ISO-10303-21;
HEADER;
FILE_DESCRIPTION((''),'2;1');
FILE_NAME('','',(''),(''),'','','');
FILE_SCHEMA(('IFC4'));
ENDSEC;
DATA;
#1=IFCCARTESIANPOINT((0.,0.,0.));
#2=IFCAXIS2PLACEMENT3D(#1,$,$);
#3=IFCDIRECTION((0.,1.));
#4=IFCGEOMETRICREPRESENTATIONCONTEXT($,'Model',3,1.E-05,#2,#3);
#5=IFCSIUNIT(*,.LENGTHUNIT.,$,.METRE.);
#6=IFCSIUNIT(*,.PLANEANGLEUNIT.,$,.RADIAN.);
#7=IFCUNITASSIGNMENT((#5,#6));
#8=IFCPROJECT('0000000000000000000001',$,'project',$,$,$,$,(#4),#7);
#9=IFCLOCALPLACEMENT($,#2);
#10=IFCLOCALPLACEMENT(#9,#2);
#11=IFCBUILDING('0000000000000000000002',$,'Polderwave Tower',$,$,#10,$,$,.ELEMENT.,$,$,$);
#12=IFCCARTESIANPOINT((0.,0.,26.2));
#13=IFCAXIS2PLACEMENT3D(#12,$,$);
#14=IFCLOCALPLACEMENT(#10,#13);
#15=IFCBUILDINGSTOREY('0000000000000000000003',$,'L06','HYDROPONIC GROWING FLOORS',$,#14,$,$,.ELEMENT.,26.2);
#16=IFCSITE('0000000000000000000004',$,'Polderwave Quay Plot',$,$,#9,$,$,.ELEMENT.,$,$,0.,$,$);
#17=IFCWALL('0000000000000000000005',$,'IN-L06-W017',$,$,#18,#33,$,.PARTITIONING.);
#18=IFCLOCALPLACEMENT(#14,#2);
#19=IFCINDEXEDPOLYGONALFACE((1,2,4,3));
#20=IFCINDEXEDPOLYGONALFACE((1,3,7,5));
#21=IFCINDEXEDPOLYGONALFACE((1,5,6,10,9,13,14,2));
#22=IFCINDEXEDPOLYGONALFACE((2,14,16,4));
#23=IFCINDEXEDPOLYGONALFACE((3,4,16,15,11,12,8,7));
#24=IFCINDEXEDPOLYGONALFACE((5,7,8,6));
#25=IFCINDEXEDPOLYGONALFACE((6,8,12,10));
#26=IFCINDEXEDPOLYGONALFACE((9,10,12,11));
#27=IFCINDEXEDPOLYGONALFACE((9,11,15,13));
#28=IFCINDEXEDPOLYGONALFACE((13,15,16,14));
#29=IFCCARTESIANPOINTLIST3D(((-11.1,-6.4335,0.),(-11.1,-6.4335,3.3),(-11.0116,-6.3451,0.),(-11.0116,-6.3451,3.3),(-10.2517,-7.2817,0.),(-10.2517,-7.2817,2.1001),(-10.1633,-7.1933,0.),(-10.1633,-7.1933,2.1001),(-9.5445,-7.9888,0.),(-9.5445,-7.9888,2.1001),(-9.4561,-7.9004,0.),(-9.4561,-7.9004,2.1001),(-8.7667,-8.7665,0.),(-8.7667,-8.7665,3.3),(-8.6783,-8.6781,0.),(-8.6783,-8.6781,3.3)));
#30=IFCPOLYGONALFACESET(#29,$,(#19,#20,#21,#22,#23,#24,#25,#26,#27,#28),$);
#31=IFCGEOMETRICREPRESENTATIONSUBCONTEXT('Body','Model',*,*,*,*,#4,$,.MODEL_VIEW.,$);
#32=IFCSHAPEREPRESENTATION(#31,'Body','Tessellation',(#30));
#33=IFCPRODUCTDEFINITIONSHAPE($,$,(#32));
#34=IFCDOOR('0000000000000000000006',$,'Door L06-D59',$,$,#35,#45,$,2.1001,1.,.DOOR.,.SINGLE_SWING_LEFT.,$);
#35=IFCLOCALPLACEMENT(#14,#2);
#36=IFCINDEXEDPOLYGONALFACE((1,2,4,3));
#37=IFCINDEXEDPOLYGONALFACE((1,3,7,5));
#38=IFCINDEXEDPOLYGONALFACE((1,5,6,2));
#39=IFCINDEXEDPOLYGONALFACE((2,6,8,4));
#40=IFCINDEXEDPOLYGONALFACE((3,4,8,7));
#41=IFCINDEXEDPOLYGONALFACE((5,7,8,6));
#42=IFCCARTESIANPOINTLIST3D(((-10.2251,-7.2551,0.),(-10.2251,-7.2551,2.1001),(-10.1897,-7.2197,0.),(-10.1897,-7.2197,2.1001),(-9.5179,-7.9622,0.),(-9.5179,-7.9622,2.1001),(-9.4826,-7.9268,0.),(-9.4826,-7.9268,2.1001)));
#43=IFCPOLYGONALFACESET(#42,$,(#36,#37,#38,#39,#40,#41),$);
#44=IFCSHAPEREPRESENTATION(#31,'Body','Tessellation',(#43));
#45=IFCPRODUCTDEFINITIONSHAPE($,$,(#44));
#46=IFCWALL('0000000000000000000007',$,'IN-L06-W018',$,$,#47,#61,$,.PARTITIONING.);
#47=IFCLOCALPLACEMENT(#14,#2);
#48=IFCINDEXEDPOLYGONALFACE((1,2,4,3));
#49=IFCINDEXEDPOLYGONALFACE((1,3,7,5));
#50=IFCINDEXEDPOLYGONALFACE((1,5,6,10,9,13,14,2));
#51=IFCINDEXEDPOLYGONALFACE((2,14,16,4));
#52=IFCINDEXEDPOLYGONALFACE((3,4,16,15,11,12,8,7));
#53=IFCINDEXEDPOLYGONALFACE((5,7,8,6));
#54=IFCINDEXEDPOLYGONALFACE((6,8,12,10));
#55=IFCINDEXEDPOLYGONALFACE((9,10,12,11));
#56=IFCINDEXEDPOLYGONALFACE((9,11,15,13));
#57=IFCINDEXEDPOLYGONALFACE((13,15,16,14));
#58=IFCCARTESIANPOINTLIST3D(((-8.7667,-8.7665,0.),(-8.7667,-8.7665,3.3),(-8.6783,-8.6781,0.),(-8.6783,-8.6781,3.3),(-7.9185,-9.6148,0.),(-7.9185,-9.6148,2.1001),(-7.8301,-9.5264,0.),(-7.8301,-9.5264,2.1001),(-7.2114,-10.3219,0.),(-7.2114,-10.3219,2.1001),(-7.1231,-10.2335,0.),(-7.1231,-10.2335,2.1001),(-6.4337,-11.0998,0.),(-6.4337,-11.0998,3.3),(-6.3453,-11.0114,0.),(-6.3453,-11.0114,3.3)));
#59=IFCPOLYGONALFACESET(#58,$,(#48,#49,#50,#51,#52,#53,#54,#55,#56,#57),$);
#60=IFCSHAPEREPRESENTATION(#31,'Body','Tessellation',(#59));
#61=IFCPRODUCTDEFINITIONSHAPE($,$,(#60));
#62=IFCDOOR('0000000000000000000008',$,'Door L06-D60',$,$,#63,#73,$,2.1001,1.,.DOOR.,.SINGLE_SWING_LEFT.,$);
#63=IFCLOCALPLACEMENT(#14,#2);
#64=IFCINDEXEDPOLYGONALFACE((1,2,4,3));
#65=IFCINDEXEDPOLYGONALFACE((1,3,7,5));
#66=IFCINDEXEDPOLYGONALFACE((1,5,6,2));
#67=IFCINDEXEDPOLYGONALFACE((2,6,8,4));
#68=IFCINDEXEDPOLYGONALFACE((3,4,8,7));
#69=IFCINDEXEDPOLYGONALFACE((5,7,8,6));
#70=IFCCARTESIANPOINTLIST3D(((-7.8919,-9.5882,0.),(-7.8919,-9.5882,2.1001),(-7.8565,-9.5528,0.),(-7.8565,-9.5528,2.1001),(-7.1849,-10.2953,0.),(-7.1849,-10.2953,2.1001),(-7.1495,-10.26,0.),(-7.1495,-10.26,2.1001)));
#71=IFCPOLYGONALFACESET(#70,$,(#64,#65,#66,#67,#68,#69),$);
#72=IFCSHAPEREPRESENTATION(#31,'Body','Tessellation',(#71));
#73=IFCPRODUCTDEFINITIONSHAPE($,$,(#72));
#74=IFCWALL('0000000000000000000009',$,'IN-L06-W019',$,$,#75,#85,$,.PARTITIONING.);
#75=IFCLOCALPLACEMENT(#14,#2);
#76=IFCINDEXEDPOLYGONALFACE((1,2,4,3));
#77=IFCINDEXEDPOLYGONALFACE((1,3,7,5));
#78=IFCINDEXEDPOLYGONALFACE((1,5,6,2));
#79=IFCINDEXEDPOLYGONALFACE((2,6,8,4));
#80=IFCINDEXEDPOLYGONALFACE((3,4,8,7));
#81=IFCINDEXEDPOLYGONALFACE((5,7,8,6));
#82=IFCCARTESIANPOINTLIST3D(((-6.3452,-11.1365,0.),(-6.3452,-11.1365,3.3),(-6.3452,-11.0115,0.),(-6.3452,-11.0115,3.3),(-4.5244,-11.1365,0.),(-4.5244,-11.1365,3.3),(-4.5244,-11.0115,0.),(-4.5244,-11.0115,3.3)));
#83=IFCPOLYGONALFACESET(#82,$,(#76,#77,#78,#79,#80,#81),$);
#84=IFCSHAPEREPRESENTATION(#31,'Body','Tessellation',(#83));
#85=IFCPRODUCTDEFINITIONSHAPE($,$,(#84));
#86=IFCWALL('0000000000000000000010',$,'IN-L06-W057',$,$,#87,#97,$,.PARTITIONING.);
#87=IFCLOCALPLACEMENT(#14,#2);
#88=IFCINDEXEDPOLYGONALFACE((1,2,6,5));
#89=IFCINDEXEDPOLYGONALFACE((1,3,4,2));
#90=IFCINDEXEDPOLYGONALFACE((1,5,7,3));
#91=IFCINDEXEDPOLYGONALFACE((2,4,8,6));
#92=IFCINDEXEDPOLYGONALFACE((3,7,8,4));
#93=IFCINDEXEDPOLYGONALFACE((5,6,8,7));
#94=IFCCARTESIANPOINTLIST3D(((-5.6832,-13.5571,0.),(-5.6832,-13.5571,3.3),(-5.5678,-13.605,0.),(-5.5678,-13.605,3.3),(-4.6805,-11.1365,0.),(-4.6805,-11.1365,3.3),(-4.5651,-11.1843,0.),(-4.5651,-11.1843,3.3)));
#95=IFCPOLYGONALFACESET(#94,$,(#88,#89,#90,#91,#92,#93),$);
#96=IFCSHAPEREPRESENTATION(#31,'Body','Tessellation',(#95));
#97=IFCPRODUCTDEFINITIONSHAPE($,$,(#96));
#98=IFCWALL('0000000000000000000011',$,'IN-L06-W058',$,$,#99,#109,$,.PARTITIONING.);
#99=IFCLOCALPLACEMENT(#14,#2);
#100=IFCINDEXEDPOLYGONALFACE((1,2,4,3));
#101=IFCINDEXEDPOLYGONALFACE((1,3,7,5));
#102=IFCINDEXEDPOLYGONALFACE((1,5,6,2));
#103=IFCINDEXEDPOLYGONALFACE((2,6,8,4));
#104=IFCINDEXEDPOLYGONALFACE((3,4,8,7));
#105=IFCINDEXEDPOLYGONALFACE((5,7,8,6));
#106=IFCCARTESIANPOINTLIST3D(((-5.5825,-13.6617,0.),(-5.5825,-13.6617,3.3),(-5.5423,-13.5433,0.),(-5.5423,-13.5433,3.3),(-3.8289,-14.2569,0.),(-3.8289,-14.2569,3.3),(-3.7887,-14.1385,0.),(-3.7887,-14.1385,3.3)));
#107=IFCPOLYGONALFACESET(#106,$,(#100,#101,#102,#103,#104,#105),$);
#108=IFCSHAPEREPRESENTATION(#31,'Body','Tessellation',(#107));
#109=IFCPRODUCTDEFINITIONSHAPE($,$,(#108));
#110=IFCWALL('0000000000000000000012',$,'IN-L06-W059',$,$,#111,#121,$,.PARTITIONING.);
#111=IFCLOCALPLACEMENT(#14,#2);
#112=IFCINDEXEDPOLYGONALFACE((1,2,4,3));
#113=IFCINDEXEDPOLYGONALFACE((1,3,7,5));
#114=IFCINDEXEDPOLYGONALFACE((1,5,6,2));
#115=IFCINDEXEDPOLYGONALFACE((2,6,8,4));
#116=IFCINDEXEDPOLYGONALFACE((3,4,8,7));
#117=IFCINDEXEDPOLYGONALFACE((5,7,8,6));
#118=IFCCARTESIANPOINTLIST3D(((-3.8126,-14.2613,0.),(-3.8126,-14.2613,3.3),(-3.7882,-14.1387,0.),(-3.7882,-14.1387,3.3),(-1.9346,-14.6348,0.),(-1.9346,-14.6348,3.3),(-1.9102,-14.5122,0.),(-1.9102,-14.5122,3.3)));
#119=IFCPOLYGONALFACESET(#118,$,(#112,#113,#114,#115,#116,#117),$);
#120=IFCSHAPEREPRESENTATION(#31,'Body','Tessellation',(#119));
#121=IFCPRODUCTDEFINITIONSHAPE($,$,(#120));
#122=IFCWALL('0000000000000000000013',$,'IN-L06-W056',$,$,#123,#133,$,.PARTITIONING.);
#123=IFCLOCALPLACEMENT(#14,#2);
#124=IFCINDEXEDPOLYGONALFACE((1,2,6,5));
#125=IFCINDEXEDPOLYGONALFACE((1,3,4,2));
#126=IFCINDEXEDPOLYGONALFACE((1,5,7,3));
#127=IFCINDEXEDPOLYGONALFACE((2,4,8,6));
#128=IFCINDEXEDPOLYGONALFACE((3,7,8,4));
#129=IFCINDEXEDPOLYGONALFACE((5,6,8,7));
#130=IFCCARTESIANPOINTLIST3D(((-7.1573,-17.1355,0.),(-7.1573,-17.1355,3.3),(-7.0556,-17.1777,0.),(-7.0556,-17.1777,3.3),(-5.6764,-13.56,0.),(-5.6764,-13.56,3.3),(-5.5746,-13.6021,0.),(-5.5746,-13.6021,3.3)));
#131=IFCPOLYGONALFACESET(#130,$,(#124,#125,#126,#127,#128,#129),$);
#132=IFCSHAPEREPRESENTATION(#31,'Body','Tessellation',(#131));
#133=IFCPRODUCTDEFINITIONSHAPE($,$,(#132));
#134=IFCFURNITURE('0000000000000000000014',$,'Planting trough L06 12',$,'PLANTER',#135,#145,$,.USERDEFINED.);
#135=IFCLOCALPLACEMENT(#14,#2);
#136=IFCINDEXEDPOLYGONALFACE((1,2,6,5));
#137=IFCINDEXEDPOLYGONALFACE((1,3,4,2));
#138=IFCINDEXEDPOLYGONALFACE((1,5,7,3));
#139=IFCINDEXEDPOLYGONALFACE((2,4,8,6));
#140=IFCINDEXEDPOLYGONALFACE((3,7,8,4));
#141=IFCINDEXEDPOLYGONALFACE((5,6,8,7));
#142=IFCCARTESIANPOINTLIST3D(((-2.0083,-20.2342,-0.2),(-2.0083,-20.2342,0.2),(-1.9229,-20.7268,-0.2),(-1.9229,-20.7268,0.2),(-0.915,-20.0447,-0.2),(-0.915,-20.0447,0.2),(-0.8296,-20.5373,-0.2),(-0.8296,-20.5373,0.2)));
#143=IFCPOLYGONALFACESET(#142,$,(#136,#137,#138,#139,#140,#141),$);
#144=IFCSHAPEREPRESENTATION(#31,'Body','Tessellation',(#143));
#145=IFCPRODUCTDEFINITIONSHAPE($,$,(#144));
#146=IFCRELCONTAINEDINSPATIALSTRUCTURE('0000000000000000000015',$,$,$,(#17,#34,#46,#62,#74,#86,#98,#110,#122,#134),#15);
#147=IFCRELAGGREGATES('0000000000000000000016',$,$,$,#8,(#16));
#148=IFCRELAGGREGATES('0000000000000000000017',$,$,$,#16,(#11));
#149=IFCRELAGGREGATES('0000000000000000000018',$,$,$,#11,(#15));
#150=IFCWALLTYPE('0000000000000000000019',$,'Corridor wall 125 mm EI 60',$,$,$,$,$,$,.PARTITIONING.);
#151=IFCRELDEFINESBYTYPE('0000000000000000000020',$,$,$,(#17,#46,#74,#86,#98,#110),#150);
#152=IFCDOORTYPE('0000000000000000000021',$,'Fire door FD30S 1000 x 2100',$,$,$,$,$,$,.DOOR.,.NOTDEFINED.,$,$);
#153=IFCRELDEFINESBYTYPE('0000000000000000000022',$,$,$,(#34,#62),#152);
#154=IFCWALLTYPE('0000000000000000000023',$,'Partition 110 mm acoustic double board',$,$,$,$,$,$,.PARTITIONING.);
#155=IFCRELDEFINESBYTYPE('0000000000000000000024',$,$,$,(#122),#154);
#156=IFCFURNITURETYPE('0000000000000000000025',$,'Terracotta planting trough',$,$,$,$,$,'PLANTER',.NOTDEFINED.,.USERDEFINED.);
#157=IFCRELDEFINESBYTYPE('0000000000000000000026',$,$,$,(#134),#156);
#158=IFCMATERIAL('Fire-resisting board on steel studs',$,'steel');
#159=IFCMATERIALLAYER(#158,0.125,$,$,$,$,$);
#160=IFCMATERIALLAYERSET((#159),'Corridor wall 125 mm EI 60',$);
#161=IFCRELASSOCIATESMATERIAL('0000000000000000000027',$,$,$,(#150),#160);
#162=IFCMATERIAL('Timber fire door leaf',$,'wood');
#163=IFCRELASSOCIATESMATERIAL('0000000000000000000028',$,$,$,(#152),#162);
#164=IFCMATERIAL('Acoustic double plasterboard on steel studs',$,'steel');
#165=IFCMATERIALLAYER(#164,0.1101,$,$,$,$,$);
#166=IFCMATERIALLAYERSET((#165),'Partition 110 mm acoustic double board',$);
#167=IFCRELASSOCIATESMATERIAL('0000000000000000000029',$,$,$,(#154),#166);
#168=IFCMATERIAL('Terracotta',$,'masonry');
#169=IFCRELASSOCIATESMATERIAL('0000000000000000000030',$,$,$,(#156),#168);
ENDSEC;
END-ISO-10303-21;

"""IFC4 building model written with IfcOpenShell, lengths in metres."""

from ifc_helpers import new_model, si_unit, direction, frame, frame_2d, origin, origin_2d, place, context, subcontext, project, spatial, rectangle, extrude, material, layer, layer_set, type_object, element, fill, save


model = new_model("IFC4")

# Units and contexts
model_context = context("Model", 3, precision=1e-05, world=origin(), true_north=direction((0.0, 1.0)))
body_context = subcontext(model_context, "Body", "Model", "MODEL_VIEW")
ifc_project = project(units=[si_unit("LENGTHUNIT", "METRE"), si_unit("PLANEANGLEUNIT", "RADIAN")], contexts=[model_context])

# Site, building, storey
site_placement = place(None, origin())
site = spatial("IfcSite", under=ifc_project, at=site_placement, Name="Polderwave Quay Plot", CompositionType="ELEMENT", RefElevation=0.0)
building_placement = place(site_placement, origin())
building = spatial("IfcBuilding", under=site, at=building_placement, Name="Polderwave Tower", CompositionType="ELEMENT")
storey_placement = place(building_placement, frame((0.0, 0.0, 26.2)))
storey = spatial("IfcBuildingStorey", under=building, at=storey_placement, Name="L06", Description="HYDROPONIC GROWING FLOORS", CompositionType="ELEMENT", Elevation=26.2)

# Walls, openings, doors
ifc_material_1 = material(Name="Fire-resisting board on steel studs", Category="steel")
ifc_layer_1 = layer(ifc_material_1, 0.125)
ifc_layer_set_1 = layer_set([ifc_layer_1], Name="Corridor wall 125 mm EI 60")
wall_type_1 = type_object("IfcWallType", Name="Corridor wall 125 mm EI 60", PredefinedType="PARTITIONING", material=ifc_layer_set_1)
wall_1_placement = place(storey_placement, frame((-8.7224, -8.7224, 0.0), z_axis=(0.0, 0.0, 1.0), x_axis=(-0.707144, 0.70707, 0.0)))
wall_1 = element("IfcWall", 1, at=wall_1_placement, inside=storey, type_object=wall_type_1, Name="IN-L06-W017", PredefinedType="PARTITIONING", context=body_context, shape_type="SweptSolid", body=[
    extrude(rectangle(XDim=3.2996, YDim=0.125, at=frame_2d((1.6499, 0.0))), origin(), (0.0, 0.0, 1.0), 3.3),
])
opening_1_placement = place(wall_1_placement, frame((1.1001, 0.0, 0.0)))
opening_1 = element("IfcOpeningElement", 2, at=opening_1_placement, cuts=wall_1, PredefinedType="OPENING", context=body_context, shape_type="SweptSolid", body=[
    extrude(rectangle(XDim=1.0, YDim=2.1001, at=frame_2d((0.5, 1.05))), frame((0.0, 0.0725, 0.0), z_axis=(0.0, -1.0, 0.0), x_axis=(1.0, 0.0, 0.0)), (0.0, 0.0, 1.0), 0.145),
])
ifc_material_2 = material(Name="Timber fire door leaf", Category="wood")
door_type = type_object("IfcDoorType", Name="Fire door FD30S 1000 x 2100", OperationType="NOTDEFINED", PredefinedType="DOOR", material=ifc_material_2)
door_1_placement = place(opening_1_placement, origin())
door_1 = element("IfcDoor", 3, at=door_1_placement, inside=storey, type_object=door_type, Name="Door L06-D59", OperationType="SINGLE_SWING_LEFT", OverallHeight=2.1001, OverallWidth=1.0, PredefinedType="DOOR", context=body_context, shape_type="SweptSolid", body=[
    extrude(rectangle(XDim=1.0, YDim=2.1001, at=frame_2d((0.5, 1.05))), frame((0.0, 0.0249, 0.0), z_axis=(0.0, -1.0, 0.0), x_axis=(1.0, 0.0, 0.0)), (0.0, 0.0, 1.0), 0.05),
])
fill(opening_1, door_1)
wall_2_placement = place(storey_placement, frame((-6.3894, -11.0557, 0.0), z_axis=(0.0, 0.0, 1.0), x_axis=(-0.70707, 0.707144, 0.0)))
wall_2 = element("IfcWall", 4, at=wall_2_placement, inside=storey, type_object=wall_type_1, Name="IN-L06-W018", PredefinedType="PARTITIONING", context=body_context, shape_type="SweptSolid", body=[
    extrude(rectangle(XDim=3.2996, YDim=0.125, at=frame_2d((1.6499, 0.0))), origin(), (0.0, 0.0, 1.0), 3.3),
])
opening_2_placement = place(wall_2_placement, frame((1.1001, 0.0, 0.0)))
opening_2 = element("IfcOpeningElement", 5, at=opening_2_placement, cuts=wall_2, PredefinedType="OPENING", context=body_context, shape_type="SweptSolid", body=[
    extrude(rectangle(XDim=1.0, YDim=2.1001, at=frame_2d((0.5, 1.05))), frame((0.0, 0.0725, 0.0), z_axis=(0.0, -1.0, 0.0), x_axis=(1.0, 0.0, 0.0)), (0.0, 0.0, 1.0), 0.145),
])
door_2_placement = place(opening_2_placement, origin())
door_2 = element("IfcDoor", 6, at=door_2_placement, inside=storey, type_object=door_type, Name="Door L06-D60", OperationType="SINGLE_SWING_LEFT", OverallHeight=2.1001, OverallWidth=1.0, PredefinedType="DOOR", context=body_context, shape_type="SweptSolid", body=[
    extrude(rectangle(XDim=1.0, YDim=2.1001, at=frame_2d((0.5, 1.05))), frame((0.0, 0.0249, 0.0), z_axis=(0.0, -1.0, 0.0), x_axis=(1.0, 0.0, 0.0)), (0.0, 0.0, 1.0), 0.05),
])
fill(opening_2, door_2)

# Walls
wall_3_placement = place(storey_placement, frame((-4.5244, -11.074, 0.0), z_axis=(0.0, 0.0, 1.0), x_axis=(-1.0, 0.0, 0.0)))
element("IfcWall", 7, at=wall_3_placement, inside=storey, type_object=wall_type_1, Name="IN-L06-W019", PredefinedType="PARTITIONING", context=body_context, shape_type="SweptSolid", body=[
    extrude(rectangle(XDim=1.8208, YDim=0.125, at=frame_2d((0.9104, 0.0))), origin(), (0.0, 0.0, 1.0), 3.3),
])
wall_4_placement = place(storey_placement, frame((-4.6228, -11.1604, 0.0), z_axis=(0.0, 0.0, 1.0), x_axis=(-0.382689, -0.923877, 0.0)))
element("IfcWall", 8, at=wall_4_placement, inside=storey, type_object=wall_type_1, Name="IN-L06-W057", PredefinedType="PARTITIONING", context=body_context, shape_type="SweptSolid", body=[
    extrude(rectangle(XDim=2.6201, YDim=0.125, at=frame_2d((1.3101, 0.0))), origin(), (0.0, 0.0, 1.0), 3.3),
])
wall_5_placement = place(storey_placement, frame((-5.5623, -13.6025, 0.0), z_axis=(0.0, 0.0, 1.0), x_axis=(0.946942, -0.321404, 0.0)))
element("IfcWall", 9, at=wall_5_placement, inside=storey, type_object=wall_type_1, Name="IN-L06-W058", PredefinedType="PARTITIONING", context=body_context, shape_type="SweptSolid", body=[
    extrude(rectangle(XDim=1.8518, YDim=0.125, at=frame_2d((0.9258, 0.0))), origin(), (0.0, 0.0, 1.0), 3.3),
])
wall_6_placement = place(storey_placement, frame((-3.8005, -14.2, 0.0), z_axis=(0.0, 0.0, 1.0), x_axis=(0.980786, -0.195086, 0.0)))
element("IfcWall", 10, at=wall_6_placement, inside=storey, type_object=wall_type_1, Name="IN-L06-W059", PredefinedType="PARTITIONING", context=body_context, shape_type="SweptSolid", body=[
    extrude(rectangle(XDim=1.9148, YDim=0.125, at=frame_2d((0.9575, 0.0))), origin(), (0.0, 0.0, 1.0), 3.3),
])
ifc_material_3 = material(Name="Acoustic double plasterboard on steel studs", Category="steel")
ifc_layer_2 = layer(ifc_material_3, 0.1101)
ifc_layer_set_2 = layer_set([ifc_layer_2], Name="Partition 110 mm acoustic double board")
wall_type_2 = type_object("IfcWallType", Name="Partition 110 mm acoustic double board", PredefinedType="PARTITIONING", material=ifc_layer_set_2)
wall_7_placement = place(storey_placement, frame((-5.6255, -13.5811, 0.0), z_axis=(0.0, 0.0, 1.0), x_axis=(-0.382675, -0.923883, 0.0)))
element("IfcWall", 11, at=wall_7_placement, inside=storey, type_object=wall_type_2, Name="IN-L06-W056", PredefinedType="PARTITIONING", context=body_context, shape_type="SweptSolid", body=[
    extrude(rectangle(XDim=3.8701, YDim=0.1101, at=frame_2d((1.9351, 0.0))), origin(), (0.0, 0.0, 1.0), 3.3),
])

# Furniture
ifc_material_4 = material(Name="Terracotta", Category="masonry")
furniture_type = type_object("IfcFurnitureType", Name="Terracotta planting trough", ElementType="PLANTER", AssemblyPlace="NOTDEFINED", PredefinedType="USERDEFINED", material=ifc_material_4)
furniture_placement = place(storey_placement, frame((-1.4189, -20.3857, -0.2), z_axis=(0.0, 0.0, 1.0), x_axis=(0.985305, 0.170803, 0.0)))
element("IfcFurniture", 12, at=furniture_placement, inside=storey, type_object=furniture_type, Name="Planting trough L06 12", ObjectType="PLANTER", PredefinedType="USERDEFINED", context=body_context, shape_type="SweptSolid", body=[
    extrude(rectangle(XDim=1.1096, YDim=0.5, at=origin_2d()), origin(), (0.0, 0.0, 1.0), 0.3999),
])

save(model, "model.ifc")
